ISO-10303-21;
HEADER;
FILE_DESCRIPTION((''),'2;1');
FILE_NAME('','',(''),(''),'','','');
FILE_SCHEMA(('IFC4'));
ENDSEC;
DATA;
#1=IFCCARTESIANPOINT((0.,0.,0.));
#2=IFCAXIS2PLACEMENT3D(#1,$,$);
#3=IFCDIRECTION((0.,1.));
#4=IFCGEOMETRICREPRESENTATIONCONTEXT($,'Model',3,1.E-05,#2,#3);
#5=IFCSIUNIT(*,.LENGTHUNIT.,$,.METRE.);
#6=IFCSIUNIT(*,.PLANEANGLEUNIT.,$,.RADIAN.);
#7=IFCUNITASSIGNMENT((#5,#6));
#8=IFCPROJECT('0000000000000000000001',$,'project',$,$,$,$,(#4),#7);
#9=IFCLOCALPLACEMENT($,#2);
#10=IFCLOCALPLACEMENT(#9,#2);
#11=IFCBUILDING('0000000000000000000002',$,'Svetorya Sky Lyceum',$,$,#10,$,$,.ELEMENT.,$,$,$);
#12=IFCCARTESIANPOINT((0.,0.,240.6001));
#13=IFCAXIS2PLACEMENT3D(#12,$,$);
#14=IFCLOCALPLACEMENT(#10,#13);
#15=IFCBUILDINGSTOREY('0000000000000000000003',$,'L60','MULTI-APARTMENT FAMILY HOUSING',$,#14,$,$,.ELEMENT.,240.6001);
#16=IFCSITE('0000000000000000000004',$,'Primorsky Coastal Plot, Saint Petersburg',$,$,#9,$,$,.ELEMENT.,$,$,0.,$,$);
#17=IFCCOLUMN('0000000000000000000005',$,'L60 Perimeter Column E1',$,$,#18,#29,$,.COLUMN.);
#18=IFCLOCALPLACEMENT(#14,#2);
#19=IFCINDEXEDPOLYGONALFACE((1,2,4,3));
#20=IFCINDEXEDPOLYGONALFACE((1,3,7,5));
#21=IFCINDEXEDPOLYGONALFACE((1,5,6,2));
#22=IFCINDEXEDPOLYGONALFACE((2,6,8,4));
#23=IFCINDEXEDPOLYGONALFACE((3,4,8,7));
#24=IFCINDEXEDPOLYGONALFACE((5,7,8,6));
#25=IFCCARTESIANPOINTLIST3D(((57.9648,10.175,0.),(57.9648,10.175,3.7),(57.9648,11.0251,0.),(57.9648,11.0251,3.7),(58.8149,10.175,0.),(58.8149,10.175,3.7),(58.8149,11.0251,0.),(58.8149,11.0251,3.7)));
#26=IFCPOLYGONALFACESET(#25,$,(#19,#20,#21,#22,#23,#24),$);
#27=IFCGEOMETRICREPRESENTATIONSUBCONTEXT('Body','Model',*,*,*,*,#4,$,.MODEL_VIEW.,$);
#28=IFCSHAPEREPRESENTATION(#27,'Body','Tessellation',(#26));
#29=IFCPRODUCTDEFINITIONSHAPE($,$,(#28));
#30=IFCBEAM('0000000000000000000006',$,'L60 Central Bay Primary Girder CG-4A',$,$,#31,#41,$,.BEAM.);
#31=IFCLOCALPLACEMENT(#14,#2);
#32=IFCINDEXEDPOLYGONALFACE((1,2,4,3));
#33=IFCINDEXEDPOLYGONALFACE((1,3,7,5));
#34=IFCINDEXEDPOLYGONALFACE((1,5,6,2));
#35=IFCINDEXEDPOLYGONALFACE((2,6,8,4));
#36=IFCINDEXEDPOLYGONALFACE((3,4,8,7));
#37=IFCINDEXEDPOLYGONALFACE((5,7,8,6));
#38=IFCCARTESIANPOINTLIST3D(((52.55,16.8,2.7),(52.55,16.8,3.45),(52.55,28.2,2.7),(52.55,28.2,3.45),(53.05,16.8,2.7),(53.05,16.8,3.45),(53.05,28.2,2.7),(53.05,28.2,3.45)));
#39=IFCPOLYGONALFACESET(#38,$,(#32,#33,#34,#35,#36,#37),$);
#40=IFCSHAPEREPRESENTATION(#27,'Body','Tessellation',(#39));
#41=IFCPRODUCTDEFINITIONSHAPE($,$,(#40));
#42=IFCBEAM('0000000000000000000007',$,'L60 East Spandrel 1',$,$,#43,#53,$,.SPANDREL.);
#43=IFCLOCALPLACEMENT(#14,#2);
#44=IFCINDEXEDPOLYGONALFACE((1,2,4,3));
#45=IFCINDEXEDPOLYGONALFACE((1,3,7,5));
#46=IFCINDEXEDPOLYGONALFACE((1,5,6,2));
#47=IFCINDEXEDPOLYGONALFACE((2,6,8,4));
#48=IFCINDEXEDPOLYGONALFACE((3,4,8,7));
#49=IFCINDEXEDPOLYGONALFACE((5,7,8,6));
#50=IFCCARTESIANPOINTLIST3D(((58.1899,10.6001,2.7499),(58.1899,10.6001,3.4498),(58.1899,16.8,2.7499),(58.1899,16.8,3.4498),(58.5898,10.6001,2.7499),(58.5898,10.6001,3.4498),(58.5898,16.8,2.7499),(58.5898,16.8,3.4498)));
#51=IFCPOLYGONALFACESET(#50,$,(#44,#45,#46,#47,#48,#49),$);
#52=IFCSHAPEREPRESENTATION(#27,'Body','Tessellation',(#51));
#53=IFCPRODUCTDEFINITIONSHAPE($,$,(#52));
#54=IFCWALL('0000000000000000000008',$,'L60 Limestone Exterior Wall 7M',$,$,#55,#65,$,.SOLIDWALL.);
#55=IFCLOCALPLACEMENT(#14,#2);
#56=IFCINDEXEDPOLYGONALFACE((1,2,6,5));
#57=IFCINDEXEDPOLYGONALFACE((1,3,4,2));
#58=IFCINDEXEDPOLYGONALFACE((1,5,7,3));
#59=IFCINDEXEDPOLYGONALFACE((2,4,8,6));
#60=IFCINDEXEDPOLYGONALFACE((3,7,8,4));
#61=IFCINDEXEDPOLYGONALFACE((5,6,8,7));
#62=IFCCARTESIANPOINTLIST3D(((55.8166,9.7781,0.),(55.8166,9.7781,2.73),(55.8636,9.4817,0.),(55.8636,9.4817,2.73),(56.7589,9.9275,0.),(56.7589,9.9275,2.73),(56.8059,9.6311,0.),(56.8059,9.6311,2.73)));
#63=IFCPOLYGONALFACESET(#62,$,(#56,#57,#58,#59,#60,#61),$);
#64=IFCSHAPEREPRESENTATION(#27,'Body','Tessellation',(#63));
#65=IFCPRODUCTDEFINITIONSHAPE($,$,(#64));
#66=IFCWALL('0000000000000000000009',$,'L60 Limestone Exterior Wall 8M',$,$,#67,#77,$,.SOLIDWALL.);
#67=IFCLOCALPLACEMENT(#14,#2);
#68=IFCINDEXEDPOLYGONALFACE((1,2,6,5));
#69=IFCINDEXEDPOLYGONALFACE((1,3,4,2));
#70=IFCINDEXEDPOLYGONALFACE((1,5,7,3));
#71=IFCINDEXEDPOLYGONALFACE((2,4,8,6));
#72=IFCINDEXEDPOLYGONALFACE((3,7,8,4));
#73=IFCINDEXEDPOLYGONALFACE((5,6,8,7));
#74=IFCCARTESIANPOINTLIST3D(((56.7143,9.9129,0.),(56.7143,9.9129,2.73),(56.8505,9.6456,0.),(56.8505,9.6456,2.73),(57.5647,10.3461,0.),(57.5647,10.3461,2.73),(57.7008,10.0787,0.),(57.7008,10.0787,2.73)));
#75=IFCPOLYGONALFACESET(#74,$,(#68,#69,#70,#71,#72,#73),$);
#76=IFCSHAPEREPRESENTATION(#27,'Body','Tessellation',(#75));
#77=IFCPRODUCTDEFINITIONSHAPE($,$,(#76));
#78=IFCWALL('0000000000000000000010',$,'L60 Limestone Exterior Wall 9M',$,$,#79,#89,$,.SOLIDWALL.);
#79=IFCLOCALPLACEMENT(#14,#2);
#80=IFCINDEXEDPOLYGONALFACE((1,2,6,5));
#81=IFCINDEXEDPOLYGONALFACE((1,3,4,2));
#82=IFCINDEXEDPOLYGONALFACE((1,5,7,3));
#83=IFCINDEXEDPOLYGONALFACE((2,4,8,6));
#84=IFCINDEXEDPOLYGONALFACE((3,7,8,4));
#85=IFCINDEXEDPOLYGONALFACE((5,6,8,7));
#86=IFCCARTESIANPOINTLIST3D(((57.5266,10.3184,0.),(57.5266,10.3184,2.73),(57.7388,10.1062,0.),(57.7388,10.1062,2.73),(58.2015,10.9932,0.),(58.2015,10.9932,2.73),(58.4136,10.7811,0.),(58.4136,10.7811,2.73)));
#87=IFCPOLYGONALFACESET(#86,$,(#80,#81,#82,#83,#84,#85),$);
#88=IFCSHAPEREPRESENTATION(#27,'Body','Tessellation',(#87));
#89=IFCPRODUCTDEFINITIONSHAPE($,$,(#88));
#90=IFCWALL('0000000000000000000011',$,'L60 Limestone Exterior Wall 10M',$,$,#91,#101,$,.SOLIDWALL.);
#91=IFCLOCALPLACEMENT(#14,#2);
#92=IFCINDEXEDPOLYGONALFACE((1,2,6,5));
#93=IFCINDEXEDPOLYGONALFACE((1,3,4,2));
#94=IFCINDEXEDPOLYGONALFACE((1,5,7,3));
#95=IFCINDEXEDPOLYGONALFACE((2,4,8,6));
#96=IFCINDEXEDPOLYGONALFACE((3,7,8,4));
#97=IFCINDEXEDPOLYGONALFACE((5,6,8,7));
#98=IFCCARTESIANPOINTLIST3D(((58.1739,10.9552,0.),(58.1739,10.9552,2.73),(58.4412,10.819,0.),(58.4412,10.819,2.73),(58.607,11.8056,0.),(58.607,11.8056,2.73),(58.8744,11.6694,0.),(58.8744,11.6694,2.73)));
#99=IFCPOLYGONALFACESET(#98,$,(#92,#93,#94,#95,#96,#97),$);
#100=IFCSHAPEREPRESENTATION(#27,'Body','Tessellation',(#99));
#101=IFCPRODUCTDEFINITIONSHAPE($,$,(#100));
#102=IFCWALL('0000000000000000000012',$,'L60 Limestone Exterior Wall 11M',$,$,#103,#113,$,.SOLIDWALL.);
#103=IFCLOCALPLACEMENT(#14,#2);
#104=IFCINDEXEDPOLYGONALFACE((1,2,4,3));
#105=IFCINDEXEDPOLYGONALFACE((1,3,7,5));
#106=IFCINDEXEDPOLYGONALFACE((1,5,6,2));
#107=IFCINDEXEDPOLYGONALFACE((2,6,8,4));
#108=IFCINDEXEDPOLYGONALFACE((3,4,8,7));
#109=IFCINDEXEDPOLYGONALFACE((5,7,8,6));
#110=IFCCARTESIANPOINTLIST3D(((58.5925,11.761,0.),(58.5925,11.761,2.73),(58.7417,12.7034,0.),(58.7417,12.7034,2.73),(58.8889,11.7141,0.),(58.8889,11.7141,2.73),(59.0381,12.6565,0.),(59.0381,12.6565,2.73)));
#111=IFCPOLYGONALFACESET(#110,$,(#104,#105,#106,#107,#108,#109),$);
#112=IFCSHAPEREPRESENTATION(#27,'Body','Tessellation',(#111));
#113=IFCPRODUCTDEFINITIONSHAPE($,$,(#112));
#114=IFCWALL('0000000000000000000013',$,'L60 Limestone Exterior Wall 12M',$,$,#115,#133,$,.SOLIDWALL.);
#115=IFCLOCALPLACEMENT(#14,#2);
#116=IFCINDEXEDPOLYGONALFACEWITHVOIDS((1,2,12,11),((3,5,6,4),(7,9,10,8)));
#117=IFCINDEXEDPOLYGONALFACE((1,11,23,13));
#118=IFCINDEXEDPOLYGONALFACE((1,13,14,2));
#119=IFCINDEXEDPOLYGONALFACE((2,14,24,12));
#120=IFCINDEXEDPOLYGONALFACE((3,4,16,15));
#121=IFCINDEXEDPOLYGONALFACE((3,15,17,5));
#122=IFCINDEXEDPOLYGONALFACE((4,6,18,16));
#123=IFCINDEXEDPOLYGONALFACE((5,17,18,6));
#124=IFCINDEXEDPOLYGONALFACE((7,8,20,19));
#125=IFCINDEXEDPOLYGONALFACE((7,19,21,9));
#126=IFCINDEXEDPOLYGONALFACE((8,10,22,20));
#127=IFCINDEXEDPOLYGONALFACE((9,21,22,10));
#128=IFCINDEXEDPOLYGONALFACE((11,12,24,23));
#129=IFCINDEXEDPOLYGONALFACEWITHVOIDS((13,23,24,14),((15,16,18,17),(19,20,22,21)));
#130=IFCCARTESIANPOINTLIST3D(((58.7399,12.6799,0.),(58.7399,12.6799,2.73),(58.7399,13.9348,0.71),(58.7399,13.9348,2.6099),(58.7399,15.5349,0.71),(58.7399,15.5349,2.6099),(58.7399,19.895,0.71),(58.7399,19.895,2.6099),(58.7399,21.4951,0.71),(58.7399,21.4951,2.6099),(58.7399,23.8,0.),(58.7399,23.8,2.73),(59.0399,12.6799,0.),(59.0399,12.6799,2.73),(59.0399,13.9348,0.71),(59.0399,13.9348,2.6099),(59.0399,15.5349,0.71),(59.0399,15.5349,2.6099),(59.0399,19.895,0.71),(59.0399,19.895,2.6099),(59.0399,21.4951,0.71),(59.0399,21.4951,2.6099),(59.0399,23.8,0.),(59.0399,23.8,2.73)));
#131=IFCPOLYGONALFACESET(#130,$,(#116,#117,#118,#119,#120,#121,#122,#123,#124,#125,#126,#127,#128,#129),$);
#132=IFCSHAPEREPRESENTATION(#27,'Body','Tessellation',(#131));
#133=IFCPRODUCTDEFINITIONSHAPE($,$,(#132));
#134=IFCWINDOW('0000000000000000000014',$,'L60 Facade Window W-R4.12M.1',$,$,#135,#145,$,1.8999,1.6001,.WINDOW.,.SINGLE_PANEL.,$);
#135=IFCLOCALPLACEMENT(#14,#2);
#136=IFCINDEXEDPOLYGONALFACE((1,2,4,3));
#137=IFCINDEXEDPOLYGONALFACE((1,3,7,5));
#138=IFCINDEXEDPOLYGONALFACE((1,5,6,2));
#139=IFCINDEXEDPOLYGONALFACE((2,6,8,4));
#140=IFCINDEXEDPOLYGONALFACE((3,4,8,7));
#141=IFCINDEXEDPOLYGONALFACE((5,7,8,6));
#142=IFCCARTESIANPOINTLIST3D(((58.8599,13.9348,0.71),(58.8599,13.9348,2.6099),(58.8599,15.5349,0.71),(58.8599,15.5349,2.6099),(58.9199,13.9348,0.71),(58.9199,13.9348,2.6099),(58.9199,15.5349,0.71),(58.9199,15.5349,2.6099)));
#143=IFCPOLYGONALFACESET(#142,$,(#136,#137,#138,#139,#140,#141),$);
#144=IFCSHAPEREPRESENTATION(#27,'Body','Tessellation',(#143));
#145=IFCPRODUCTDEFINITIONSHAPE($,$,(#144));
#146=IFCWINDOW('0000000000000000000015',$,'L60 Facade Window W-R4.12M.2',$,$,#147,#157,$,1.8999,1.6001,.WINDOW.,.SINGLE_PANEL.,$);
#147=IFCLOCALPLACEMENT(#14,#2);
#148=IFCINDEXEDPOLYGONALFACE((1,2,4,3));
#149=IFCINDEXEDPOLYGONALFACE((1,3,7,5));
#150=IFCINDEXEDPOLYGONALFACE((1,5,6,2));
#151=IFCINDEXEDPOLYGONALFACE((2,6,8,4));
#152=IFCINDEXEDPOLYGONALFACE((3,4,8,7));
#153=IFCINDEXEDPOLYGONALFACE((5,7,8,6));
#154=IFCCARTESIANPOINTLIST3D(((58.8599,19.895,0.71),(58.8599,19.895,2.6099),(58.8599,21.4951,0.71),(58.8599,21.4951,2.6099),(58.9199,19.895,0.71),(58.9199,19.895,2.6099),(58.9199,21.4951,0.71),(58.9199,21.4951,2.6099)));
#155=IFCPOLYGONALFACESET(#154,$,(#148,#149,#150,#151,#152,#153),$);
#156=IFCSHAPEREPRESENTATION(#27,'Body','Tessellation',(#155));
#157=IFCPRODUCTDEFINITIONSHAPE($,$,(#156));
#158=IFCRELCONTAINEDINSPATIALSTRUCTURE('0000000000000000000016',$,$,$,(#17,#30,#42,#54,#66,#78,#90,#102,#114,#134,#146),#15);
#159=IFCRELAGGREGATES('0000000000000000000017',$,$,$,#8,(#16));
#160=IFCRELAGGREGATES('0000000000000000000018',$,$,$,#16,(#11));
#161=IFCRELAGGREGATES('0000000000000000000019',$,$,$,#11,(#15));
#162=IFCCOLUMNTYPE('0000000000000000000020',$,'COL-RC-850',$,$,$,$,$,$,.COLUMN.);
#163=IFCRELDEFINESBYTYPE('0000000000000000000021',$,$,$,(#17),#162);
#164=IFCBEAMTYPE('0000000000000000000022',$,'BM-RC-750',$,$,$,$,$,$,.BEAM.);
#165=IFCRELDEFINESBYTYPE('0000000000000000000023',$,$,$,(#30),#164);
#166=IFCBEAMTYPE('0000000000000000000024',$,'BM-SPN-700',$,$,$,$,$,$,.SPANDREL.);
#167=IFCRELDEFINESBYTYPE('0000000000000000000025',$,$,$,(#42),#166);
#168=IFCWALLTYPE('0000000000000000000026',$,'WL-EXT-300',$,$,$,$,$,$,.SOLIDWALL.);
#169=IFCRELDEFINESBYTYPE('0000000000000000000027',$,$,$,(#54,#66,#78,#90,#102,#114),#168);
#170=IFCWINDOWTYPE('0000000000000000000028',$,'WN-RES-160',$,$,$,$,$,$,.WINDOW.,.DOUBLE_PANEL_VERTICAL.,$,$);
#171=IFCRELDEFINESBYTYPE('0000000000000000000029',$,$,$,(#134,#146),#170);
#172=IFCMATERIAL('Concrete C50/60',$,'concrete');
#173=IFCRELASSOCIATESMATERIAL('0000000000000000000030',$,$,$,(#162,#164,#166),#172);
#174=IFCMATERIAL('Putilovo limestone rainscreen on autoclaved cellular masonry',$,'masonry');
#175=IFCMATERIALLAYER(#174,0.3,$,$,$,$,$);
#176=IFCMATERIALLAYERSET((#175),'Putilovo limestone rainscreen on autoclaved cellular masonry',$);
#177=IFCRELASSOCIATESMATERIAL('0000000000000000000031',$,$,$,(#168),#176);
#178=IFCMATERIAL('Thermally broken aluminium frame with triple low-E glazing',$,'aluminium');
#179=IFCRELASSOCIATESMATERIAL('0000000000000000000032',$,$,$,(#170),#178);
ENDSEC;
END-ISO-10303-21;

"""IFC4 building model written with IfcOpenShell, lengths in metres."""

from ifc_helpers import new_model, si_unit, direction, frame, frame_2d, origin, origin_2d, place, context, subcontext, project, spatial, rectangle, extrude, material, layer, layer_set, material_profile, profile_set, type_object, element, fill, save


model = new_model("IFC4")

# Units and contexts
model_context = context("Model", 3, precision=1e-05, world=origin(), true_north=direction((0.0, 1.0)))
body_context = subcontext(model_context, "Body", "Model", "MODEL_VIEW")
ifc_project = project(units=[si_unit("LENGTHUNIT", "METRE"), si_unit("PLANEANGLEUNIT", "RADIAN")], contexts=[model_context])

# Site, building, storey
site_placement = place(None, origin())
site = spatial("IfcSite", under=ifc_project, at=site_placement, Name="Primorsky Coastal Plot, Saint Petersburg", CompositionType="ELEMENT", RefElevation=0.0)
building_placement = place(site_placement, origin())
building = spatial("IfcBuilding", under=site, at=building_placement, Name="Svetorya Sky Lyceum", CompositionType="ELEMENT")
storey_placement = place(building_placement, frame((0.0, 0.0, 240.6001)))
storey = spatial("IfcBuildingStorey", under=building, at=storey_placement, Name="L60", Description="MULTI-APARTMENT FAMILY HOUSING", CompositionType="ELEMENT", Elevation=240.6001)

# Column
ifc_material_1 = material(Name="Concrete C50/60", Category="concrete")
ifc_material_profile_1 = material_profile(ifc_material_1, rectangle(XDim=0.8501, YDim=0.8501, at=origin_2d()), Name="RC COL 850x850")
ifc_profile_set_1 = profile_set([ifc_material_profile_1], Name="Concrete C50/60")
column_type = type_object("IfcColumnType", Name="COL-RC-850", PredefinedType="COLUMN", material=ifc_profile_set_1)
column_placement = place(storey_placement, frame((58.3899, 10.6001, 0.0), z_axis=(0.0, 0.0, 1.0), x_axis=(1.0, 0.0, 0.0)))
element("IfcColumn", 1, at=column_placement, inside=storey, type_object=column_type, Name="L60 Perimeter Column E1", PredefinedType="COLUMN", context=body_context, shape_type="SweptSolid", body=[
    extrude(rectangle(XDim=0.8501, YDim=0.8501, at=origin_2d()), origin(), (0.0, 0.0, 1.0), 3.7),
])

# Beams
ifc_material_profile_2 = material_profile(ifc_material_1, rectangle(XDim=0.5, YDim=0.75, at=origin_2d()), Name="RC BEAM 500x750")
ifc_profile_set_2 = profile_set([ifc_material_profile_2], Name="Concrete C50/60")
beam_type_1 = type_object("IfcBeamType", Name="BM-RC-750", PredefinedType="BEAM", material=ifc_profile_set_2)
beam_1_placement = place(storey_placement, frame((52.8, 16.8, 3.075), z_axis=(0.0, 1.0, 0.0), x_axis=(-1.0, 0.0, 0.0)))
element("IfcBeam", 2, at=beam_1_placement, inside=storey, type_object=beam_type_1, Name="L60 Central Bay Primary Girder CG-4A", PredefinedType="BEAM", context=body_context, shape_type="SweptSolid", body=[
    extrude(rectangle(XDim=0.5, YDim=0.75, at=origin_2d()), origin(), (0.0, 0.0, 1.0), 11.3999),
])
ifc_material_profile_3 = material_profile(ifc_material_1, rectangle(XDim=0.3999, YDim=0.7, at=origin_2d()), Name="RC SPANDREL 400x700")
ifc_profile_set_3 = profile_set([ifc_material_profile_3], Name="Concrete C50/60")
beam_type_2 = type_object("IfcBeamType", Name="BM-SPN-700", PredefinedType="SPANDREL", material=ifc_profile_set_3)
beam_2_placement = place(storey_placement, frame((58.3899, 10.6001, 3.0999), z_axis=(0.0, 1.0, 0.0), x_axis=(-1.0, 0.0, 0.0)))
element("IfcBeam", 3, at=beam_2_placement, inside=storey, type_object=beam_type_2, Name="L60 East Spandrel 1", PredefinedType="SPANDREL", context=body_context, shape_type="SweptSolid", body=[
    extrude(rectangle(XDim=0.3999, YDim=0.7, at=origin_2d()), origin(), (0.0, 0.0, 1.0), 6.2),
])

# Walls
ifc_material_2 = material(Name="Putilovo limestone rainscreen on autoclaved cellular masonry", Category="masonry")
ifc_layer_1 = layer(ifc_material_2, 0.3)
ifc_layer_set_1 = layer_set([ifc_layer_1], Name="Putilovo limestone rainscreen on autoclaved cellular masonry")
wall_type_1 = type_object("IfcWallType", Name="WL-EXT-300", PredefinedType="SOLIDWALL", material=ifc_layer_set_1)
wall_1_placement = place(storey_placement, frame((55.8401, 9.6299, 0.0), z_axis=(0.0, 0.0, 1.0), x_axis=(0.987663, 0.156593, 0.0)))
element("IfcWall", 4, at=wall_1_placement, inside=storey, type_object=wall_type_1, Name="L60 Limestone Exterior Wall 7M", PredefinedType="SOLIDWALL", context=body_context, shape_type="SweptSolid", body=[
    extrude(rectangle(XDim=0.9541, YDim=0.3, at=frame_2d((0.4771, 0.0))), origin(), (0.0, 0.0, 1.0), 2.73),
])
for number, where, z_axis, x_axis, name in (
    (5, (56.7825, 9.7793, 0.0), (0.0, 0.0, 1.0), (0.891077, 0.453853, 0.0), "L60 Limestone Exterior Wall 8M"),
    (6, (57.6328, 10.2124, 0.0), (0.0, 0.0, 1.0), (0.707107, 0.707107, 0.0), "L60 Limestone Exterior Wall 9M"),
    (7, (58.3076, 10.8872, 0.0), (0.0, 0.0, 1.0), (0.453853, 0.891077, 0.0), "L60 Limestone Exterior Wall 10M"),
):
    element("IfcWall", number, at=place(storey_placement, frame(where, z_axis=z_axis, x_axis=x_axis)), inside=storey, type_object=wall_type_1, Name=name, PredefinedType="SOLIDWALL", context=body_context, shape_type="SweptSolid", body=[
        extrude(rectangle(XDim=0.9543, YDim=0.3, at=frame_2d((0.4771, 0.0))), origin(), (0.0, 0.0, 1.0), 2.73),
    ])
wall_2_placement = place(storey_placement, frame((58.7407, 11.7375, 0.0), z_axis=(0.0, 0.0, 1.0), x_axis=(0.156344, 0.987703, 0.0)))
element("IfcWall", 8, at=wall_2_placement, inside=storey, type_object=wall_type_1, Name="L60 Limestone Exterior Wall 11M", PredefinedType="SOLIDWALL", context=body_context, shape_type="SweptSolid", body=[
    extrude(rectangle(XDim=0.9541, YDim=0.3, at=frame_2d((0.4771, 0.0))), origin(), (0.0, 0.0, 1.0), 2.73),
])

# Wall, openings, windows
wall_3_placement = place(storey_placement, frame((58.8899, 12.6799, 0.0), z_axis=(0.0, 0.0, 1.0), x_axis=(0.0, 1.0, 0.0)))
wall_3 = element("IfcWall", 9, at=wall_3_placement, inside=storey, type_object=wall_type_1, Name="L60 Limestone Exterior Wall 12M", PredefinedType="SOLIDWALL", context=body_context, shape_type="SweptSolid", body=[
    extrude(rectangle(XDim=11.1201, YDim=0.3, at=frame_2d((5.5601, 0.0))), origin(), (0.0, 0.0, 1.0), 2.73),
])
opening_1_placement = place(wall_3_placement, frame((1.2549, 0.0, 0.71)))
opening_1 = element("IfcOpeningElement", 10, at=opening_1_placement, cuts=wall_3, PredefinedType="OPENING", context=body_context, shape_type="SweptSolid", body=[
    extrude(rectangle(XDim=1.6001, YDim=1.8999, at=frame_2d((0.8, 0.95))), frame((0.0, 0.1599, 0.0), z_axis=(0.0, -1.0, 0.0), x_axis=(1.0, 0.0, 0.0)), (0.0, 0.0, 1.0), 0.3201),
])
opening_2_placement = place(wall_3_placement, frame((7.2151, 0.0, 0.71)))
opening_2 = element("IfcOpeningElement", 11, at=opening_2_placement, cuts=wall_3, PredefinedType="OPENING", context=body_context, shape_type="SweptSolid", body=[
    extrude(rectangle(XDim=1.6001, YDim=1.8999, at=frame_2d((0.8, 0.95))), frame((0.0, 0.1599, 0.0), z_axis=(0.0, -1.0, 0.0), x_axis=(1.0, 0.0, 0.0)), (0.0, 0.0, 1.0), 0.3201),
])
ifc_material_3 = material(Name="Thermally broken aluminium frame with triple low-E glazing", Category="aluminium")
window_type = type_object("IfcWindowType", Name="WN-RES-160", PartitioningType="DOUBLE_PANEL_VERTICAL", PredefinedType="WINDOW", material=ifc_material_3)
window_1_placement = place(opening_1_placement, origin())
window_1 = element("IfcWindow", 12, at=window_1_placement, inside=storey, type_object=window_type, Name="L60 Facade Window W-R4.12M.1", OverallHeight=1.8999, OverallWidth=1.6001, PartitioningType="SINGLE_PANEL", PredefinedType="WINDOW", context=body_context, shape_type="SweptSolid", body=[
    extrude(rectangle(XDim=1.6001, YDim=1.8999, at=frame_2d((0.8, 0.95))), frame((0.0, 0.03, 0.0), z_axis=(0.0, -1.0, 0.0), x_axis=(1.0, 0.0, 0.0)), (0.0, 0.0, 1.0), 0.0601),
])
fill(opening_1, window_1)
window_2_placement = place(opening_2_placement, origin())
window_2 = element("IfcWindow", 13, at=window_2_placement, inside=storey, type_object=window_type, Name="L60 Facade Window W-R4.12M.2", OverallHeight=1.8999, OverallWidth=1.6001, PartitioningType="SINGLE_PANEL", PredefinedType="WINDOW", context=body_context, shape_type="SweptSolid", body=[
    extrude(rectangle(XDim=1.6001, YDim=1.8999, at=frame_2d((0.8, 0.95))), frame((0.0, 0.03, 0.0), z_axis=(0.0, -1.0, 0.0), x_axis=(1.0, 0.0, 0.0)), (0.0, 0.0, 1.0), 0.0601),
])
fill(opening_2, window_2)

save(model, "model.ifc")
